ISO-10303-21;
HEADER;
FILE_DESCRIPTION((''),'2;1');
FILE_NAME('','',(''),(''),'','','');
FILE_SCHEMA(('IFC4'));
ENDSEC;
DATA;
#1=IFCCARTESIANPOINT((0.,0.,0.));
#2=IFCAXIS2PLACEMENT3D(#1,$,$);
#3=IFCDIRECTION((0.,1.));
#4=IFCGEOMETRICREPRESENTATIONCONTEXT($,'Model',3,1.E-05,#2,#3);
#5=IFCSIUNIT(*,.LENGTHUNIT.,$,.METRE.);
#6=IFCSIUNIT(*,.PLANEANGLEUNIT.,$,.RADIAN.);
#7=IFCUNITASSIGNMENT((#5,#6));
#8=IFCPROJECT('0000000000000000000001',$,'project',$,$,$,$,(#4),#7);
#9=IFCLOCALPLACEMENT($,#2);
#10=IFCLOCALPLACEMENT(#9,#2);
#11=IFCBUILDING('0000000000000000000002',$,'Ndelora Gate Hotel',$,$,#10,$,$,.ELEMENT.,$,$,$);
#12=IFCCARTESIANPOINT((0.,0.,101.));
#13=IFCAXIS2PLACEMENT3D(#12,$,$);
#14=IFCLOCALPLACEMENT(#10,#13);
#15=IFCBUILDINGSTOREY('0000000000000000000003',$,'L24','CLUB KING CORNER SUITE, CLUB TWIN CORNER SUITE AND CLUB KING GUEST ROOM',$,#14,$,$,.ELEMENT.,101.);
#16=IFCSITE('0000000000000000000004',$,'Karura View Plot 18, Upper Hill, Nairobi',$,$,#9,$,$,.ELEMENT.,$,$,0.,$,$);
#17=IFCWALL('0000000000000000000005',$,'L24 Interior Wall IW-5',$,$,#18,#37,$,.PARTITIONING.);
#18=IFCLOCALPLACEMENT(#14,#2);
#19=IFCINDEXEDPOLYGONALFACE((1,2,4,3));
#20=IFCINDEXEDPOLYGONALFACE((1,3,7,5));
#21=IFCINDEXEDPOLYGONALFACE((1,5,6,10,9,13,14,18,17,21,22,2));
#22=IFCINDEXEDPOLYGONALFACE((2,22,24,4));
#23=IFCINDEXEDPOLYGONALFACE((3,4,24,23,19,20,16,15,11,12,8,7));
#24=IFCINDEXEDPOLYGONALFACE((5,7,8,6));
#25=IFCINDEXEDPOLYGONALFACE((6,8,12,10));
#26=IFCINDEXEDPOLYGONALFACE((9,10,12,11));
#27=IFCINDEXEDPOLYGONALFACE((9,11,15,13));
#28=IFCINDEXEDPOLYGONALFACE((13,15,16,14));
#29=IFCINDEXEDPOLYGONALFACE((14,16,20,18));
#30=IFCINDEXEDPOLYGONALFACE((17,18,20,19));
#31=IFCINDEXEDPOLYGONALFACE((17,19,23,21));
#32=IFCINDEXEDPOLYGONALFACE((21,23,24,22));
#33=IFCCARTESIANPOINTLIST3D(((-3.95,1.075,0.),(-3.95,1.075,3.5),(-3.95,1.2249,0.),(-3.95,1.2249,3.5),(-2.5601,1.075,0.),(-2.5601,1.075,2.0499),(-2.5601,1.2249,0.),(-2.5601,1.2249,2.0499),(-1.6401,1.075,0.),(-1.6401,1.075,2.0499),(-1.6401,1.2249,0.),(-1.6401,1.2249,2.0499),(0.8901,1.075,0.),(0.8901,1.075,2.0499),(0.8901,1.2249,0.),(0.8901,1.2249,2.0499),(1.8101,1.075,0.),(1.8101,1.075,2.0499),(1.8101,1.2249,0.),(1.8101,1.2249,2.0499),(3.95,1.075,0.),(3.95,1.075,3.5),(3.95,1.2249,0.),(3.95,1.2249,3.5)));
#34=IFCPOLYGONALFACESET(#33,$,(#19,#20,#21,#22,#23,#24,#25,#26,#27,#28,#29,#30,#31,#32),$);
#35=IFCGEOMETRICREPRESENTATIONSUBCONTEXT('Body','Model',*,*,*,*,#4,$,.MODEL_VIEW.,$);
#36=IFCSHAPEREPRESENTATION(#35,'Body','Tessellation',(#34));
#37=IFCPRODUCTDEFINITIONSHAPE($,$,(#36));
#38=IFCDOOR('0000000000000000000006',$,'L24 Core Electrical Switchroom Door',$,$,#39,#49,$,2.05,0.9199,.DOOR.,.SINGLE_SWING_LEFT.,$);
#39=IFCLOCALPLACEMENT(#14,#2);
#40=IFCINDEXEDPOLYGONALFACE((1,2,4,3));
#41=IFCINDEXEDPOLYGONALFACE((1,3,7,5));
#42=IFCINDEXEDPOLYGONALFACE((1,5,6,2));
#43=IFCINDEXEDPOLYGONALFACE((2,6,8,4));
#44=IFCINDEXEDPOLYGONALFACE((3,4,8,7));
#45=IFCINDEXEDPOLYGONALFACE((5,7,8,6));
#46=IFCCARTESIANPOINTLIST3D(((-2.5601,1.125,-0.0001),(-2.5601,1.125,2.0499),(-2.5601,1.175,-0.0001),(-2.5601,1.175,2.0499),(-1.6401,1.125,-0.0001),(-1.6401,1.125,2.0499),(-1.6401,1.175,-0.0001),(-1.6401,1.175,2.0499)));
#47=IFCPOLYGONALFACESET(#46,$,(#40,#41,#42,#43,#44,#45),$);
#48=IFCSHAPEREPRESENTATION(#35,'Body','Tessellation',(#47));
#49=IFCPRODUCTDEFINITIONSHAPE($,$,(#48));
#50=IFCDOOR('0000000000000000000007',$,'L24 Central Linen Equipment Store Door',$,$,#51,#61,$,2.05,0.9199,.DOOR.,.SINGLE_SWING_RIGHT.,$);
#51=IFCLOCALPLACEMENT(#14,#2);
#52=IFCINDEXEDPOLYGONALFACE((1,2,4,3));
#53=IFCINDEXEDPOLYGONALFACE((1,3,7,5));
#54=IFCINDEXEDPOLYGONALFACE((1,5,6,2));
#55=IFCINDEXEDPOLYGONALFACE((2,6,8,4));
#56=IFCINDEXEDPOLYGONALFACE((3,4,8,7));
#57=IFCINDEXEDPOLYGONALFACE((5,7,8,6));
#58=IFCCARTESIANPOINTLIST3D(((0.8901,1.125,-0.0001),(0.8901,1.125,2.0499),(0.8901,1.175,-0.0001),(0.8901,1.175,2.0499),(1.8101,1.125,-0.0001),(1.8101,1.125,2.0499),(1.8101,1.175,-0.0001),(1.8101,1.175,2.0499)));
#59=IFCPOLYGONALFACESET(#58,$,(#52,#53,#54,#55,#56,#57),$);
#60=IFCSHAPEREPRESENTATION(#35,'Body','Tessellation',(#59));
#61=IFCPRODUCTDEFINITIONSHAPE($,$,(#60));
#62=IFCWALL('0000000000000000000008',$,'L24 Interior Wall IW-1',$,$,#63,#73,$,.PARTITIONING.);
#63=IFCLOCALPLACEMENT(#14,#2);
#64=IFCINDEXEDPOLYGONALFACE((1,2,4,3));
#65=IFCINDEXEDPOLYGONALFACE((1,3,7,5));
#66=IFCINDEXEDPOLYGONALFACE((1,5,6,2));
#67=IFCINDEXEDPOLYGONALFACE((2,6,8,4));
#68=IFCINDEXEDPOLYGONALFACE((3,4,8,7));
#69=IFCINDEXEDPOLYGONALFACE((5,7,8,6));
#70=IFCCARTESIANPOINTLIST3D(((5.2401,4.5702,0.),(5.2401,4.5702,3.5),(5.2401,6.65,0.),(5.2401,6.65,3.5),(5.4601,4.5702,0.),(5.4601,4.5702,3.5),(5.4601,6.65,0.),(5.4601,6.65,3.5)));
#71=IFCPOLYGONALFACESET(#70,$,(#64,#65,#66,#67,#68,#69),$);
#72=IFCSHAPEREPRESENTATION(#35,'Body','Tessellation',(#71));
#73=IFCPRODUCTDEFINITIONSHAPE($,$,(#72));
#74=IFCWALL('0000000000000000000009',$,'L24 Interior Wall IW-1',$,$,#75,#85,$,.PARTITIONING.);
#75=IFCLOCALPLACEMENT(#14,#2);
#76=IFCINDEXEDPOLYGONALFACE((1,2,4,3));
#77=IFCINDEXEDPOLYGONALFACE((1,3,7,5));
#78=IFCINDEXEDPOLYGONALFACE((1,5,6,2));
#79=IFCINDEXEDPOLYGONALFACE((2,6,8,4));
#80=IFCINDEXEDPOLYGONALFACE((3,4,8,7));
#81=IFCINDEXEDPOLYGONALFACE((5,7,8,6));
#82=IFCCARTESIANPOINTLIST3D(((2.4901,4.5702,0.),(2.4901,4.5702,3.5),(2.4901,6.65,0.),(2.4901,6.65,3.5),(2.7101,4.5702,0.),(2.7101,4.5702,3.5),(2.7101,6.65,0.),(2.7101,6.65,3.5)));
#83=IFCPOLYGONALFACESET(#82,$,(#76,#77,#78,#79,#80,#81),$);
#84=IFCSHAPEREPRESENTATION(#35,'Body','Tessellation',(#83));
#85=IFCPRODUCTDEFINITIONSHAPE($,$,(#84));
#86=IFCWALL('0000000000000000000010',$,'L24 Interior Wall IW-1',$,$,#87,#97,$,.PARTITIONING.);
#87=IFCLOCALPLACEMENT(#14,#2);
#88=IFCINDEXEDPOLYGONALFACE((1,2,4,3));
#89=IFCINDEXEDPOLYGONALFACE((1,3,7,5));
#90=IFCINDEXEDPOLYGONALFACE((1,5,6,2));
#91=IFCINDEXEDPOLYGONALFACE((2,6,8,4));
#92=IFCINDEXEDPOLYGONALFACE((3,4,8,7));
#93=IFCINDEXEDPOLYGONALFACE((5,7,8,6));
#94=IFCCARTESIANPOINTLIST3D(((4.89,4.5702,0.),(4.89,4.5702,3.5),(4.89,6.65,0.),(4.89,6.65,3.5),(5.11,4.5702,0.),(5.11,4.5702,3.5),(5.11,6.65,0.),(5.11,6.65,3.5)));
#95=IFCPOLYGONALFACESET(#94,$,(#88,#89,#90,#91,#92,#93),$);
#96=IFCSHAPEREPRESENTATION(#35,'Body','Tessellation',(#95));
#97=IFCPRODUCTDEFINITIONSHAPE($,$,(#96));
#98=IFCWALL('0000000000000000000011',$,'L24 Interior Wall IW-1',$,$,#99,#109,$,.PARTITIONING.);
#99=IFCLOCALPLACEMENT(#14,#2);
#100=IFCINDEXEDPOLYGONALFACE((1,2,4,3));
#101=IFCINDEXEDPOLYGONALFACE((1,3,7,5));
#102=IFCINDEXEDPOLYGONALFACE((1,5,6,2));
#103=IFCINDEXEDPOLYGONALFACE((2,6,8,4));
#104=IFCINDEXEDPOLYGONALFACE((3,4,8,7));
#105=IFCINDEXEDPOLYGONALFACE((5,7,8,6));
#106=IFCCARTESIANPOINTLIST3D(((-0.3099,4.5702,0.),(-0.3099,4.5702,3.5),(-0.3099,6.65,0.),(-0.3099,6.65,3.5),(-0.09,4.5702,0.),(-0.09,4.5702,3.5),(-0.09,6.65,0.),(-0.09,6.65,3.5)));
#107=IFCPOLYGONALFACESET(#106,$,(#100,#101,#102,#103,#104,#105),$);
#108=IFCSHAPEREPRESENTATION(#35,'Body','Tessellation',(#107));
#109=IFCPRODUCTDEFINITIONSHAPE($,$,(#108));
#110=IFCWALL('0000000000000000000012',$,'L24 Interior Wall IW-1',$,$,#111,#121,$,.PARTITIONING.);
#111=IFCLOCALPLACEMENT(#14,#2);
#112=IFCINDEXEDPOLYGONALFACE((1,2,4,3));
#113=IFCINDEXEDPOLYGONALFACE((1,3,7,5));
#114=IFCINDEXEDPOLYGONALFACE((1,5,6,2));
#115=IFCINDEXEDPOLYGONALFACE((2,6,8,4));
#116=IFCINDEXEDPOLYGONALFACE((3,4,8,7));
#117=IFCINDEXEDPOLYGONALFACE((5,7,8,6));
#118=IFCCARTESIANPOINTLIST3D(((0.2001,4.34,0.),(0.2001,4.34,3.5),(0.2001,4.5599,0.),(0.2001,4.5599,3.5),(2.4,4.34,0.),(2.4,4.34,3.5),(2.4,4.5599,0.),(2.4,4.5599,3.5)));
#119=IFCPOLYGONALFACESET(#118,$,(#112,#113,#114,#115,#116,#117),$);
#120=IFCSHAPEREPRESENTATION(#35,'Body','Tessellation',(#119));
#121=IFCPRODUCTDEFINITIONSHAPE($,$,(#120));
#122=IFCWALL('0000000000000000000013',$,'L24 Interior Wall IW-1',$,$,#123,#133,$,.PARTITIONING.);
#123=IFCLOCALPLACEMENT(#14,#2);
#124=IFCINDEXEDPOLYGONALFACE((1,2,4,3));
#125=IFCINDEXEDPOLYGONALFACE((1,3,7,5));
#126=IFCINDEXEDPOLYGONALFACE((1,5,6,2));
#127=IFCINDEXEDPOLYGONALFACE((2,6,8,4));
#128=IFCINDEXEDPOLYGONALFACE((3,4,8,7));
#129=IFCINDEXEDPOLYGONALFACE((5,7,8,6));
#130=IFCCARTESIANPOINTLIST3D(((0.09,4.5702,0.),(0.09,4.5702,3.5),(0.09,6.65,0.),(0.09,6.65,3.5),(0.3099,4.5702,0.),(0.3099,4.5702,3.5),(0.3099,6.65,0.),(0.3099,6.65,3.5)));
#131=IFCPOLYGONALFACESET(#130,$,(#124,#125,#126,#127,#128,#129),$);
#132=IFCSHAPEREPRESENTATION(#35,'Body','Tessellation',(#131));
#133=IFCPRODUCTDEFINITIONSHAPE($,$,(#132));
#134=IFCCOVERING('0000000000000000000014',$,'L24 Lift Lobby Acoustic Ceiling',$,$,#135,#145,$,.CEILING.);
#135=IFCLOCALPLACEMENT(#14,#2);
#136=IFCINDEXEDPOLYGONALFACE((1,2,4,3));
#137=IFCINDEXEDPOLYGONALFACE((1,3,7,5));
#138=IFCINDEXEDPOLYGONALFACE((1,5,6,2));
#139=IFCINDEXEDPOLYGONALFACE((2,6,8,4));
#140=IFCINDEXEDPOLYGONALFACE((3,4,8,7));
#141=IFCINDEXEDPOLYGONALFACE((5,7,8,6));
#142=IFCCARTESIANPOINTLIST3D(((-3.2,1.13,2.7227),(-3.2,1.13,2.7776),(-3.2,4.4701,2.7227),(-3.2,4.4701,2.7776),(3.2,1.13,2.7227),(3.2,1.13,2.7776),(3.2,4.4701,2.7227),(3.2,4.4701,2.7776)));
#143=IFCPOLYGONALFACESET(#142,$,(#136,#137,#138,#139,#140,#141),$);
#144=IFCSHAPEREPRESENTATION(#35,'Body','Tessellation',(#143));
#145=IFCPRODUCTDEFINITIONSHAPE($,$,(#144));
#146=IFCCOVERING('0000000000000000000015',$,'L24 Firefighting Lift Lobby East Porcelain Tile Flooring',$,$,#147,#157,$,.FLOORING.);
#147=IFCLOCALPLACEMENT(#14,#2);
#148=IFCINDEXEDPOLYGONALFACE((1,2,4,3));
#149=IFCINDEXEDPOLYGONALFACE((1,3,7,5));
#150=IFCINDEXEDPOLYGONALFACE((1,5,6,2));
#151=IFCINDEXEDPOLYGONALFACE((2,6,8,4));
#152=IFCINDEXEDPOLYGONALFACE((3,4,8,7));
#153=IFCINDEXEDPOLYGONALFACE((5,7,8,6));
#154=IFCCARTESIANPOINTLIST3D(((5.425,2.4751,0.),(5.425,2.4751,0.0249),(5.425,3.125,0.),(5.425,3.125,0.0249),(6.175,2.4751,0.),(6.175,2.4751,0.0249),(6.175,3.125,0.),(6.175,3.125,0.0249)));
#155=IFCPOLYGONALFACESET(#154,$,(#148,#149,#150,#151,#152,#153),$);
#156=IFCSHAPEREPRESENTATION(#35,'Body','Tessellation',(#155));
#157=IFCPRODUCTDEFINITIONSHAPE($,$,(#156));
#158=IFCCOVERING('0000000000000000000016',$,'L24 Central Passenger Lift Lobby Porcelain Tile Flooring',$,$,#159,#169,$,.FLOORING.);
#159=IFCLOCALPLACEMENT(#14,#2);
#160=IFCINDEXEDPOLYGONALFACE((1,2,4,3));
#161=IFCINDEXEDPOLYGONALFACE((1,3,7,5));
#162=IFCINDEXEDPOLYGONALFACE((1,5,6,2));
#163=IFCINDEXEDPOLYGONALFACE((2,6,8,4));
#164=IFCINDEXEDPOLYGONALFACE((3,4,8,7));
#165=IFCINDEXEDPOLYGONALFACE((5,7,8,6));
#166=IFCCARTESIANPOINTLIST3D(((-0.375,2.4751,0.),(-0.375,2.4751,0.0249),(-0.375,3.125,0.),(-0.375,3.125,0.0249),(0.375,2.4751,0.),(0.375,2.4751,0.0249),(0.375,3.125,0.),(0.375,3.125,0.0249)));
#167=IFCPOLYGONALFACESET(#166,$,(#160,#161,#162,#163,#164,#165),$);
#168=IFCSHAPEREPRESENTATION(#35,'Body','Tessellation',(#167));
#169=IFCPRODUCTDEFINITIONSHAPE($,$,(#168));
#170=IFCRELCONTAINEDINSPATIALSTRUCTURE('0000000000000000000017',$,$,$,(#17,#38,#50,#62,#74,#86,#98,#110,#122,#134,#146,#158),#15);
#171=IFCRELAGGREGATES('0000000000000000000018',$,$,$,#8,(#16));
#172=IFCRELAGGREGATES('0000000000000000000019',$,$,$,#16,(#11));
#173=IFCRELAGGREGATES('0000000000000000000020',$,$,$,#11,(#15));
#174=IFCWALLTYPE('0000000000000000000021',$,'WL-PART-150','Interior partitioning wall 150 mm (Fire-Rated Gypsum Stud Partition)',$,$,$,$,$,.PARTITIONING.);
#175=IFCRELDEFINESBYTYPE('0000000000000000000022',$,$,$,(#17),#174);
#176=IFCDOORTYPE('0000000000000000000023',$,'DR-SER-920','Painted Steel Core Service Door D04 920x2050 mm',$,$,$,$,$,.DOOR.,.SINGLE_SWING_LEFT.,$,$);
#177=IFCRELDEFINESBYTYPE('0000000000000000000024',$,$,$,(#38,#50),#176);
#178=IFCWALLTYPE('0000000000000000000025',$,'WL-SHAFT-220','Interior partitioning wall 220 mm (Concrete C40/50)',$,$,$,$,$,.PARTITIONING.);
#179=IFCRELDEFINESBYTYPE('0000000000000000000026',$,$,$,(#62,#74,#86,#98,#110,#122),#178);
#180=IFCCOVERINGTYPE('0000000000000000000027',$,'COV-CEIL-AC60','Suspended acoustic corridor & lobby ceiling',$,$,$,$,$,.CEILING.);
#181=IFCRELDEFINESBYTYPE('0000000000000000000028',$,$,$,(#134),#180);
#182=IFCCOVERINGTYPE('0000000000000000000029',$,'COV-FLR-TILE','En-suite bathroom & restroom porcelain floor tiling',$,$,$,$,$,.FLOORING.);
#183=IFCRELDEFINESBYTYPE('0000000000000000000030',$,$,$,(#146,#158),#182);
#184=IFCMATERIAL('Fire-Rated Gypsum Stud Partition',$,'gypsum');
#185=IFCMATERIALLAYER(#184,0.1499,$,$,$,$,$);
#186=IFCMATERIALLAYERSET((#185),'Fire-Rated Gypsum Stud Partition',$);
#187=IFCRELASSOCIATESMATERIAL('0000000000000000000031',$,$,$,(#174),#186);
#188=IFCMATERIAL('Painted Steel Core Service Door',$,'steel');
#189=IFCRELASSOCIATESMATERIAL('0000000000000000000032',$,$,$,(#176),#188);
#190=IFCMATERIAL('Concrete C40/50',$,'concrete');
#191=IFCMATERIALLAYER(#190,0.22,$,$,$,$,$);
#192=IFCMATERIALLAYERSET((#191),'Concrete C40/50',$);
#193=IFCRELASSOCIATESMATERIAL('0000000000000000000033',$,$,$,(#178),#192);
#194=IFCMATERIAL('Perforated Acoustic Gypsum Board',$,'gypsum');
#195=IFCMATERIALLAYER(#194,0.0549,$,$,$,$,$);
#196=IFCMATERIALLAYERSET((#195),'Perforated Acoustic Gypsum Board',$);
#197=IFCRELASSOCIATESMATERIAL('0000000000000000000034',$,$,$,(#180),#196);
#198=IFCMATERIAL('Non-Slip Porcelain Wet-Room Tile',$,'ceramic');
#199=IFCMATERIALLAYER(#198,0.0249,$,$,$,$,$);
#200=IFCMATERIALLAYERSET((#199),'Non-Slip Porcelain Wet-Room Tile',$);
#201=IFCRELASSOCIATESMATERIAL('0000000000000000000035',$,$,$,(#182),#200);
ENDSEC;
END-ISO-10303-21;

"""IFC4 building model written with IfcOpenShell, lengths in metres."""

from ifc_helpers import new_model, si_unit, direction, frame, frame_2d, origin, origin_2d, place, context, subcontext, project, spatial, rectangle, extrude, material, layer, layer_set, type_object, element, fill, save


model = new_model("IFC4")

# Units and contexts
model_context = context("Model", 3, precision=1e-05, world=origin(), true_north=direction((0.0, 1.0)))
body_context = subcontext(model_context, "Body", "Model", "MODEL_VIEW")
ifc_project = project(units=[si_unit("LENGTHUNIT", "METRE"), si_unit("PLANEANGLEUNIT", "RADIAN")], contexts=[model_context])

# Site, building, storey
site_placement = place(None, origin())
site = spatial("IfcSite", under=ifc_project, at=site_placement, Name="Karura View Plot 18, Upper Hill, Nairobi", CompositionType="ELEMENT", RefElevation=0.0)
building_placement = place(site_placement, origin())
building = spatial("IfcBuilding", under=site, at=building_placement, Name="Ndelora Gate Hotel", CompositionType="ELEMENT")
storey_placement = place(building_placement, frame((0.0, 0.0, 101.0)))
storey = spatial("IfcBuildingStorey", under=building, at=storey_placement, Name="L24", Description="CLUB KING CORNER SUITE, CLUB TWIN CORNER SUITE AND CLUB KING GUEST ROOM", CompositionType="ELEMENT", Elevation=101.0)

# Shared definitions
ifc_material_1 = material(Name="Concrete C40/50", Category="concrete")

# Wall, openings, doors
ifc_material_2 = material(Name="Fire-Rated Gypsum Stud Partition", Category="gypsum")
ifc_layer_1 = layer(ifc_material_2, 0.1499)
ifc_layer_set_1 = layer_set([ifc_layer_1], Name="Fire-Rated Gypsum Stud Partition")
wall_type_1 = type_object("IfcWallType", Name="WL-PART-150", Description="Interior partitioning wall 150 mm (Fire-Rated Gypsum Stud Partition)", PredefinedType="PARTITIONING", material=ifc_layer_set_1)
wall_1_placement = place(storey_placement, frame((3.95, 1.1499, 0.0), z_axis=(0.0, 0.0, 1.0), x_axis=(-1.0, 0.0, 0.0)))
wall_1 = element("IfcWall", 1, at=wall_1_placement, inside=storey, type_object=wall_type_1, Name="L24 Interior Wall IW-5", PredefinedType="PARTITIONING", context=body_context, shape_type="SweptSolid", body=[
    extrude(rectangle(XDim=7.8999, YDim=0.1499, at=frame_2d((3.95, 0.0))), origin(), (0.0, 0.0, 1.0), 3.5),
])
opening_1_placement = place(wall_1_placement, frame((5.5901, 0.0, 0.0)))
opening_1 = element("IfcOpeningElement", 2, at=opening_1_placement, cuts=wall_1, PredefinedType="OPENING", context=body_context, shape_type="SweptSolid", body=[
    extrude(rectangle(XDim=0.9199, YDim=2.05, at=frame_2d((0.46, 1.0249))), frame((0.0, 0.085, 0.0), z_axis=(0.0, -1.0, 0.0), x_axis=(1.0, 0.0, 0.0)), (0.0, 0.0, 1.0), 0.1699),
])
opening_2_placement = place(wall_1_placement, frame((2.1399, 0.0, 0.0)))
opening_2 = element("IfcOpeningElement", 3, at=opening_2_placement, cuts=wall_1, PredefinedType="OPENING", context=body_context, shape_type="SweptSolid", body=[
    extrude(rectangle(XDim=0.9199, YDim=2.05, at=frame_2d((0.46, 1.0249))), frame((0.0, 0.085, 0.0), z_axis=(0.0, -1.0, 0.0), x_axis=(1.0, 0.0, 0.0)), (0.0, 0.0, 1.0), 0.1699),
])
ifc_material_3 = material(Name="Painted Steel Core Service Door", Category="steel")
door_type_1 = type_object("IfcDoorType", Name="DR-SER-920", Description="Painted Steel Core Service Door D04 920x2050 mm", OperationType="SINGLE_SWING_LEFT", PredefinedType="DOOR", material=ifc_material_3)
door_1_placement = place(opening_1_placement, origin())
door_1 = element("IfcDoor", 4, at=door_1_placement, inside=storey, type_object=door_type_1, Name="L24 Core Electrical Switchroom Door", OperationType="SINGLE_SWING_LEFT", OverallHeight=2.05, OverallWidth=0.9199, PredefinedType="DOOR", context=body_context, shape_type="SweptSolid", body=[
    extrude(rectangle(XDim=0.9199, YDim=2.05, at=frame_2d((0.46, 1.0249))), frame((0.0, 0.0249, 0.0), z_axis=(0.0, -1.0, 0.0), x_axis=(1.0, 0.0, 0.0)), (0.0, 0.0, 1.0), 0.05),
])
fill(opening_1, door_1)
door_2_placement = place(opening_2_placement, origin())
door_2 = element("IfcDoor", 5, at=door_2_placement, inside=storey, type_object=door_type_1, Name="L24 Central Linen Equipment Store Door", OperationType="SINGLE_SWING_RIGHT", OverallHeight=2.05, OverallWidth=0.9199, PredefinedType="DOOR", context=body_context, shape_type="SweptSolid", body=[
    extrude(rectangle(XDim=0.9199, YDim=2.05, at=frame_2d((0.46, 1.0249))), frame((0.0, 0.0249, 0.0), z_axis=(0.0, -1.0, 0.0), x_axis=(1.0, 0.0, 0.0)), (0.0, 0.0, 1.0), 0.05),
])
fill(opening_2, door_2)

# Shared definitions
ifc_layer_2 = layer(ifc_material_1, 0.22)
ifc_layer_set_2 = layer_set([ifc_layer_2], Name="Concrete C40/50")
wall_type_2 = type_object("IfcWallType", Name="WL-SHAFT-220", Description="Interior partitioning wall 220 mm (Concrete C40/50)", PredefinedType="PARTITIONING", material=ifc_layer_set_2)

# Wall
wall_2_placement = place(storey_placement, frame((5.3501, 4.5701, 0.0), z_axis=(0.0, 0.0, 1.0), x_axis=(0.0, 1.0, 0.0)))
element("IfcWall", 6, at=wall_2_placement, inside=storey, type_object=wall_type_2, Name="L24 Interior Wall IW-1", PredefinedType="PARTITIONING", context=body_context, shape_type="SweptSolid", body=[
    extrude(rectangle(XDim=2.0798, YDim=0.22, at=frame_2d((1.04, 0.0))), origin(), (0.0, 0.0, 1.0), 3.5),
])

# Walls
for number, where, z_axis, x_axis, name in (
    (7, (2.6001, 4.5701, 0.0), (0.0, 0.0, 1.0), (0.0, 1.0, 0.0), "L24 Interior Wall IW-1"),
    (8, (5.0, 4.5701, 0.0), (0.0, 0.0, 1.0), (0.0, 1.0, 0.0), "L24 Interior Wall IW-1"),
    (9, (-0.2, 4.5701, 0.0), (0.0, 0.0, 1.0), (0.0, 1.0, 0.0), "L24 Interior Wall IW-1"),
):
    element("IfcWall", number, at=place(storey_placement, frame(where, z_axis=z_axis, x_axis=x_axis)), inside=storey, type_object=wall_type_2, Name=name, PredefinedType="PARTITIONING", context=body_context, shape_type="SweptSolid", body=[
        extrude(rectangle(XDim=2.0798, YDim=0.22, at=frame_2d((1.04, 0.0))), origin(), (0.0, 0.0, 1.0), 3.5),
    ])
wall_3_placement = place(storey_placement, frame((0.2, 4.45, 0.0), z_axis=(0.0, 0.0, 1.0), x_axis=(1.0, 0.0, 0.0)))
element("IfcWall", 10, at=wall_3_placement, inside=storey, type_object=wall_type_2, Name="L24 Interior Wall IW-1", PredefinedType="PARTITIONING", context=body_context, shape_type="SweptSolid", body=[
    extrude(rectangle(XDim=2.2, YDim=0.22, at=frame_2d((1.1001, 0.0))), origin(), (0.0, 0.0, 1.0), 3.5),
])
wall_4_placement = place(storey_placement, frame((0.2, 4.5701, 0.0), z_axis=(0.0, 0.0, 1.0), x_axis=(0.0, 1.0, 0.0)))
element("IfcWall", 11, at=wall_4_placement, inside=storey, type_object=wall_type_2, Name="L24 Interior Wall IW-1", PredefinedType="PARTITIONING", context=body_context, shape_type="SweptSolid", body=[
    extrude(rectangle(XDim=2.0798, YDim=0.22, at=frame_2d((1.04, 0.0))), origin(), (0.0, 0.0, 1.0), 3.5),
])

# Coverings
ifc_material_4 = material(Name="Perforated Acoustic Gypsum Board", Category="gypsum")
ifc_layer_3 = layer(ifc_material_4, 0.0549)
ifc_layer_set_3 = layer_set([ifc_layer_3], Name="Perforated Acoustic Gypsum Board")
covering_type_1 = type_object("IfcCoveringType", Name="COV-CEIL-AC60", Description="Suspended acoustic corridor & lobby ceiling", PredefinedType="CEILING", material=ifc_layer_set_3)
covering_placement = place(storey_placement, frame((0.0, 2.8, 2.7227), z_axis=(0.0, 0.0, 1.0), x_axis=(1.0, 0.0, 0.0)))
element("IfcCovering", 12, at=covering_placement, inside=storey, type_object=covering_type_1, Name="L24 Lift Lobby Acoustic Ceiling", PredefinedType="CEILING", context=body_context, shape_type="SweptSolid", body=[
    extrude(rectangle(XDim=6.3999, YDim=3.3401, at=origin_2d()), origin(), (0.0, 0.0, 1.0), 0.0549),
])
ifc_material_5 = material(Name="Non-Slip Porcelain Wet-Room Tile", Category="ceramic")
ifc_layer_4 = layer(ifc_material_5, 0.0249)
ifc_layer_set_4 = layer_set([ifc_layer_4], Name="Non-Slip Porcelain Wet-Room Tile")
covering_type_2 = type_object("IfcCoveringType", Name="COV-FLR-TILE", Description="En-suite bathroom & restroom porcelain floor tiling", PredefinedType="FLOORING", material=ifc_layer_set_4)
for number, where, z_axis, x_axis, name in (
    (13, (5.8, 2.8, 0.0), (0.0, 0.0, 1.0), (1.0, 0.0, 0.0), "L24 Firefighting Lift Lobby East Porcelain Tile Flooring"),
    (14, (0.0, 2.8, 0.0), (0.0, 0.0, 1.0), (1.0, 0.0, 0.0), "L24 Central Passenger Lift Lobby Porcelain Tile Flooring"),
):
    element("IfcCovering", number, at=place(storey_placement, frame(where, z_axis=z_axis, x_axis=x_axis)), inside=storey, type_object=covering_type_2, Name=name, PredefinedType="FLOORING", context=body_context, shape_type="SweptSolid", body=[
        extrude(rectangle(XDim=0.75, YDim=0.6499, at=origin_2d()), origin(), (0.0, 0.0, 1.0), 0.0249),
    ])

save(model, "model.ifc")
